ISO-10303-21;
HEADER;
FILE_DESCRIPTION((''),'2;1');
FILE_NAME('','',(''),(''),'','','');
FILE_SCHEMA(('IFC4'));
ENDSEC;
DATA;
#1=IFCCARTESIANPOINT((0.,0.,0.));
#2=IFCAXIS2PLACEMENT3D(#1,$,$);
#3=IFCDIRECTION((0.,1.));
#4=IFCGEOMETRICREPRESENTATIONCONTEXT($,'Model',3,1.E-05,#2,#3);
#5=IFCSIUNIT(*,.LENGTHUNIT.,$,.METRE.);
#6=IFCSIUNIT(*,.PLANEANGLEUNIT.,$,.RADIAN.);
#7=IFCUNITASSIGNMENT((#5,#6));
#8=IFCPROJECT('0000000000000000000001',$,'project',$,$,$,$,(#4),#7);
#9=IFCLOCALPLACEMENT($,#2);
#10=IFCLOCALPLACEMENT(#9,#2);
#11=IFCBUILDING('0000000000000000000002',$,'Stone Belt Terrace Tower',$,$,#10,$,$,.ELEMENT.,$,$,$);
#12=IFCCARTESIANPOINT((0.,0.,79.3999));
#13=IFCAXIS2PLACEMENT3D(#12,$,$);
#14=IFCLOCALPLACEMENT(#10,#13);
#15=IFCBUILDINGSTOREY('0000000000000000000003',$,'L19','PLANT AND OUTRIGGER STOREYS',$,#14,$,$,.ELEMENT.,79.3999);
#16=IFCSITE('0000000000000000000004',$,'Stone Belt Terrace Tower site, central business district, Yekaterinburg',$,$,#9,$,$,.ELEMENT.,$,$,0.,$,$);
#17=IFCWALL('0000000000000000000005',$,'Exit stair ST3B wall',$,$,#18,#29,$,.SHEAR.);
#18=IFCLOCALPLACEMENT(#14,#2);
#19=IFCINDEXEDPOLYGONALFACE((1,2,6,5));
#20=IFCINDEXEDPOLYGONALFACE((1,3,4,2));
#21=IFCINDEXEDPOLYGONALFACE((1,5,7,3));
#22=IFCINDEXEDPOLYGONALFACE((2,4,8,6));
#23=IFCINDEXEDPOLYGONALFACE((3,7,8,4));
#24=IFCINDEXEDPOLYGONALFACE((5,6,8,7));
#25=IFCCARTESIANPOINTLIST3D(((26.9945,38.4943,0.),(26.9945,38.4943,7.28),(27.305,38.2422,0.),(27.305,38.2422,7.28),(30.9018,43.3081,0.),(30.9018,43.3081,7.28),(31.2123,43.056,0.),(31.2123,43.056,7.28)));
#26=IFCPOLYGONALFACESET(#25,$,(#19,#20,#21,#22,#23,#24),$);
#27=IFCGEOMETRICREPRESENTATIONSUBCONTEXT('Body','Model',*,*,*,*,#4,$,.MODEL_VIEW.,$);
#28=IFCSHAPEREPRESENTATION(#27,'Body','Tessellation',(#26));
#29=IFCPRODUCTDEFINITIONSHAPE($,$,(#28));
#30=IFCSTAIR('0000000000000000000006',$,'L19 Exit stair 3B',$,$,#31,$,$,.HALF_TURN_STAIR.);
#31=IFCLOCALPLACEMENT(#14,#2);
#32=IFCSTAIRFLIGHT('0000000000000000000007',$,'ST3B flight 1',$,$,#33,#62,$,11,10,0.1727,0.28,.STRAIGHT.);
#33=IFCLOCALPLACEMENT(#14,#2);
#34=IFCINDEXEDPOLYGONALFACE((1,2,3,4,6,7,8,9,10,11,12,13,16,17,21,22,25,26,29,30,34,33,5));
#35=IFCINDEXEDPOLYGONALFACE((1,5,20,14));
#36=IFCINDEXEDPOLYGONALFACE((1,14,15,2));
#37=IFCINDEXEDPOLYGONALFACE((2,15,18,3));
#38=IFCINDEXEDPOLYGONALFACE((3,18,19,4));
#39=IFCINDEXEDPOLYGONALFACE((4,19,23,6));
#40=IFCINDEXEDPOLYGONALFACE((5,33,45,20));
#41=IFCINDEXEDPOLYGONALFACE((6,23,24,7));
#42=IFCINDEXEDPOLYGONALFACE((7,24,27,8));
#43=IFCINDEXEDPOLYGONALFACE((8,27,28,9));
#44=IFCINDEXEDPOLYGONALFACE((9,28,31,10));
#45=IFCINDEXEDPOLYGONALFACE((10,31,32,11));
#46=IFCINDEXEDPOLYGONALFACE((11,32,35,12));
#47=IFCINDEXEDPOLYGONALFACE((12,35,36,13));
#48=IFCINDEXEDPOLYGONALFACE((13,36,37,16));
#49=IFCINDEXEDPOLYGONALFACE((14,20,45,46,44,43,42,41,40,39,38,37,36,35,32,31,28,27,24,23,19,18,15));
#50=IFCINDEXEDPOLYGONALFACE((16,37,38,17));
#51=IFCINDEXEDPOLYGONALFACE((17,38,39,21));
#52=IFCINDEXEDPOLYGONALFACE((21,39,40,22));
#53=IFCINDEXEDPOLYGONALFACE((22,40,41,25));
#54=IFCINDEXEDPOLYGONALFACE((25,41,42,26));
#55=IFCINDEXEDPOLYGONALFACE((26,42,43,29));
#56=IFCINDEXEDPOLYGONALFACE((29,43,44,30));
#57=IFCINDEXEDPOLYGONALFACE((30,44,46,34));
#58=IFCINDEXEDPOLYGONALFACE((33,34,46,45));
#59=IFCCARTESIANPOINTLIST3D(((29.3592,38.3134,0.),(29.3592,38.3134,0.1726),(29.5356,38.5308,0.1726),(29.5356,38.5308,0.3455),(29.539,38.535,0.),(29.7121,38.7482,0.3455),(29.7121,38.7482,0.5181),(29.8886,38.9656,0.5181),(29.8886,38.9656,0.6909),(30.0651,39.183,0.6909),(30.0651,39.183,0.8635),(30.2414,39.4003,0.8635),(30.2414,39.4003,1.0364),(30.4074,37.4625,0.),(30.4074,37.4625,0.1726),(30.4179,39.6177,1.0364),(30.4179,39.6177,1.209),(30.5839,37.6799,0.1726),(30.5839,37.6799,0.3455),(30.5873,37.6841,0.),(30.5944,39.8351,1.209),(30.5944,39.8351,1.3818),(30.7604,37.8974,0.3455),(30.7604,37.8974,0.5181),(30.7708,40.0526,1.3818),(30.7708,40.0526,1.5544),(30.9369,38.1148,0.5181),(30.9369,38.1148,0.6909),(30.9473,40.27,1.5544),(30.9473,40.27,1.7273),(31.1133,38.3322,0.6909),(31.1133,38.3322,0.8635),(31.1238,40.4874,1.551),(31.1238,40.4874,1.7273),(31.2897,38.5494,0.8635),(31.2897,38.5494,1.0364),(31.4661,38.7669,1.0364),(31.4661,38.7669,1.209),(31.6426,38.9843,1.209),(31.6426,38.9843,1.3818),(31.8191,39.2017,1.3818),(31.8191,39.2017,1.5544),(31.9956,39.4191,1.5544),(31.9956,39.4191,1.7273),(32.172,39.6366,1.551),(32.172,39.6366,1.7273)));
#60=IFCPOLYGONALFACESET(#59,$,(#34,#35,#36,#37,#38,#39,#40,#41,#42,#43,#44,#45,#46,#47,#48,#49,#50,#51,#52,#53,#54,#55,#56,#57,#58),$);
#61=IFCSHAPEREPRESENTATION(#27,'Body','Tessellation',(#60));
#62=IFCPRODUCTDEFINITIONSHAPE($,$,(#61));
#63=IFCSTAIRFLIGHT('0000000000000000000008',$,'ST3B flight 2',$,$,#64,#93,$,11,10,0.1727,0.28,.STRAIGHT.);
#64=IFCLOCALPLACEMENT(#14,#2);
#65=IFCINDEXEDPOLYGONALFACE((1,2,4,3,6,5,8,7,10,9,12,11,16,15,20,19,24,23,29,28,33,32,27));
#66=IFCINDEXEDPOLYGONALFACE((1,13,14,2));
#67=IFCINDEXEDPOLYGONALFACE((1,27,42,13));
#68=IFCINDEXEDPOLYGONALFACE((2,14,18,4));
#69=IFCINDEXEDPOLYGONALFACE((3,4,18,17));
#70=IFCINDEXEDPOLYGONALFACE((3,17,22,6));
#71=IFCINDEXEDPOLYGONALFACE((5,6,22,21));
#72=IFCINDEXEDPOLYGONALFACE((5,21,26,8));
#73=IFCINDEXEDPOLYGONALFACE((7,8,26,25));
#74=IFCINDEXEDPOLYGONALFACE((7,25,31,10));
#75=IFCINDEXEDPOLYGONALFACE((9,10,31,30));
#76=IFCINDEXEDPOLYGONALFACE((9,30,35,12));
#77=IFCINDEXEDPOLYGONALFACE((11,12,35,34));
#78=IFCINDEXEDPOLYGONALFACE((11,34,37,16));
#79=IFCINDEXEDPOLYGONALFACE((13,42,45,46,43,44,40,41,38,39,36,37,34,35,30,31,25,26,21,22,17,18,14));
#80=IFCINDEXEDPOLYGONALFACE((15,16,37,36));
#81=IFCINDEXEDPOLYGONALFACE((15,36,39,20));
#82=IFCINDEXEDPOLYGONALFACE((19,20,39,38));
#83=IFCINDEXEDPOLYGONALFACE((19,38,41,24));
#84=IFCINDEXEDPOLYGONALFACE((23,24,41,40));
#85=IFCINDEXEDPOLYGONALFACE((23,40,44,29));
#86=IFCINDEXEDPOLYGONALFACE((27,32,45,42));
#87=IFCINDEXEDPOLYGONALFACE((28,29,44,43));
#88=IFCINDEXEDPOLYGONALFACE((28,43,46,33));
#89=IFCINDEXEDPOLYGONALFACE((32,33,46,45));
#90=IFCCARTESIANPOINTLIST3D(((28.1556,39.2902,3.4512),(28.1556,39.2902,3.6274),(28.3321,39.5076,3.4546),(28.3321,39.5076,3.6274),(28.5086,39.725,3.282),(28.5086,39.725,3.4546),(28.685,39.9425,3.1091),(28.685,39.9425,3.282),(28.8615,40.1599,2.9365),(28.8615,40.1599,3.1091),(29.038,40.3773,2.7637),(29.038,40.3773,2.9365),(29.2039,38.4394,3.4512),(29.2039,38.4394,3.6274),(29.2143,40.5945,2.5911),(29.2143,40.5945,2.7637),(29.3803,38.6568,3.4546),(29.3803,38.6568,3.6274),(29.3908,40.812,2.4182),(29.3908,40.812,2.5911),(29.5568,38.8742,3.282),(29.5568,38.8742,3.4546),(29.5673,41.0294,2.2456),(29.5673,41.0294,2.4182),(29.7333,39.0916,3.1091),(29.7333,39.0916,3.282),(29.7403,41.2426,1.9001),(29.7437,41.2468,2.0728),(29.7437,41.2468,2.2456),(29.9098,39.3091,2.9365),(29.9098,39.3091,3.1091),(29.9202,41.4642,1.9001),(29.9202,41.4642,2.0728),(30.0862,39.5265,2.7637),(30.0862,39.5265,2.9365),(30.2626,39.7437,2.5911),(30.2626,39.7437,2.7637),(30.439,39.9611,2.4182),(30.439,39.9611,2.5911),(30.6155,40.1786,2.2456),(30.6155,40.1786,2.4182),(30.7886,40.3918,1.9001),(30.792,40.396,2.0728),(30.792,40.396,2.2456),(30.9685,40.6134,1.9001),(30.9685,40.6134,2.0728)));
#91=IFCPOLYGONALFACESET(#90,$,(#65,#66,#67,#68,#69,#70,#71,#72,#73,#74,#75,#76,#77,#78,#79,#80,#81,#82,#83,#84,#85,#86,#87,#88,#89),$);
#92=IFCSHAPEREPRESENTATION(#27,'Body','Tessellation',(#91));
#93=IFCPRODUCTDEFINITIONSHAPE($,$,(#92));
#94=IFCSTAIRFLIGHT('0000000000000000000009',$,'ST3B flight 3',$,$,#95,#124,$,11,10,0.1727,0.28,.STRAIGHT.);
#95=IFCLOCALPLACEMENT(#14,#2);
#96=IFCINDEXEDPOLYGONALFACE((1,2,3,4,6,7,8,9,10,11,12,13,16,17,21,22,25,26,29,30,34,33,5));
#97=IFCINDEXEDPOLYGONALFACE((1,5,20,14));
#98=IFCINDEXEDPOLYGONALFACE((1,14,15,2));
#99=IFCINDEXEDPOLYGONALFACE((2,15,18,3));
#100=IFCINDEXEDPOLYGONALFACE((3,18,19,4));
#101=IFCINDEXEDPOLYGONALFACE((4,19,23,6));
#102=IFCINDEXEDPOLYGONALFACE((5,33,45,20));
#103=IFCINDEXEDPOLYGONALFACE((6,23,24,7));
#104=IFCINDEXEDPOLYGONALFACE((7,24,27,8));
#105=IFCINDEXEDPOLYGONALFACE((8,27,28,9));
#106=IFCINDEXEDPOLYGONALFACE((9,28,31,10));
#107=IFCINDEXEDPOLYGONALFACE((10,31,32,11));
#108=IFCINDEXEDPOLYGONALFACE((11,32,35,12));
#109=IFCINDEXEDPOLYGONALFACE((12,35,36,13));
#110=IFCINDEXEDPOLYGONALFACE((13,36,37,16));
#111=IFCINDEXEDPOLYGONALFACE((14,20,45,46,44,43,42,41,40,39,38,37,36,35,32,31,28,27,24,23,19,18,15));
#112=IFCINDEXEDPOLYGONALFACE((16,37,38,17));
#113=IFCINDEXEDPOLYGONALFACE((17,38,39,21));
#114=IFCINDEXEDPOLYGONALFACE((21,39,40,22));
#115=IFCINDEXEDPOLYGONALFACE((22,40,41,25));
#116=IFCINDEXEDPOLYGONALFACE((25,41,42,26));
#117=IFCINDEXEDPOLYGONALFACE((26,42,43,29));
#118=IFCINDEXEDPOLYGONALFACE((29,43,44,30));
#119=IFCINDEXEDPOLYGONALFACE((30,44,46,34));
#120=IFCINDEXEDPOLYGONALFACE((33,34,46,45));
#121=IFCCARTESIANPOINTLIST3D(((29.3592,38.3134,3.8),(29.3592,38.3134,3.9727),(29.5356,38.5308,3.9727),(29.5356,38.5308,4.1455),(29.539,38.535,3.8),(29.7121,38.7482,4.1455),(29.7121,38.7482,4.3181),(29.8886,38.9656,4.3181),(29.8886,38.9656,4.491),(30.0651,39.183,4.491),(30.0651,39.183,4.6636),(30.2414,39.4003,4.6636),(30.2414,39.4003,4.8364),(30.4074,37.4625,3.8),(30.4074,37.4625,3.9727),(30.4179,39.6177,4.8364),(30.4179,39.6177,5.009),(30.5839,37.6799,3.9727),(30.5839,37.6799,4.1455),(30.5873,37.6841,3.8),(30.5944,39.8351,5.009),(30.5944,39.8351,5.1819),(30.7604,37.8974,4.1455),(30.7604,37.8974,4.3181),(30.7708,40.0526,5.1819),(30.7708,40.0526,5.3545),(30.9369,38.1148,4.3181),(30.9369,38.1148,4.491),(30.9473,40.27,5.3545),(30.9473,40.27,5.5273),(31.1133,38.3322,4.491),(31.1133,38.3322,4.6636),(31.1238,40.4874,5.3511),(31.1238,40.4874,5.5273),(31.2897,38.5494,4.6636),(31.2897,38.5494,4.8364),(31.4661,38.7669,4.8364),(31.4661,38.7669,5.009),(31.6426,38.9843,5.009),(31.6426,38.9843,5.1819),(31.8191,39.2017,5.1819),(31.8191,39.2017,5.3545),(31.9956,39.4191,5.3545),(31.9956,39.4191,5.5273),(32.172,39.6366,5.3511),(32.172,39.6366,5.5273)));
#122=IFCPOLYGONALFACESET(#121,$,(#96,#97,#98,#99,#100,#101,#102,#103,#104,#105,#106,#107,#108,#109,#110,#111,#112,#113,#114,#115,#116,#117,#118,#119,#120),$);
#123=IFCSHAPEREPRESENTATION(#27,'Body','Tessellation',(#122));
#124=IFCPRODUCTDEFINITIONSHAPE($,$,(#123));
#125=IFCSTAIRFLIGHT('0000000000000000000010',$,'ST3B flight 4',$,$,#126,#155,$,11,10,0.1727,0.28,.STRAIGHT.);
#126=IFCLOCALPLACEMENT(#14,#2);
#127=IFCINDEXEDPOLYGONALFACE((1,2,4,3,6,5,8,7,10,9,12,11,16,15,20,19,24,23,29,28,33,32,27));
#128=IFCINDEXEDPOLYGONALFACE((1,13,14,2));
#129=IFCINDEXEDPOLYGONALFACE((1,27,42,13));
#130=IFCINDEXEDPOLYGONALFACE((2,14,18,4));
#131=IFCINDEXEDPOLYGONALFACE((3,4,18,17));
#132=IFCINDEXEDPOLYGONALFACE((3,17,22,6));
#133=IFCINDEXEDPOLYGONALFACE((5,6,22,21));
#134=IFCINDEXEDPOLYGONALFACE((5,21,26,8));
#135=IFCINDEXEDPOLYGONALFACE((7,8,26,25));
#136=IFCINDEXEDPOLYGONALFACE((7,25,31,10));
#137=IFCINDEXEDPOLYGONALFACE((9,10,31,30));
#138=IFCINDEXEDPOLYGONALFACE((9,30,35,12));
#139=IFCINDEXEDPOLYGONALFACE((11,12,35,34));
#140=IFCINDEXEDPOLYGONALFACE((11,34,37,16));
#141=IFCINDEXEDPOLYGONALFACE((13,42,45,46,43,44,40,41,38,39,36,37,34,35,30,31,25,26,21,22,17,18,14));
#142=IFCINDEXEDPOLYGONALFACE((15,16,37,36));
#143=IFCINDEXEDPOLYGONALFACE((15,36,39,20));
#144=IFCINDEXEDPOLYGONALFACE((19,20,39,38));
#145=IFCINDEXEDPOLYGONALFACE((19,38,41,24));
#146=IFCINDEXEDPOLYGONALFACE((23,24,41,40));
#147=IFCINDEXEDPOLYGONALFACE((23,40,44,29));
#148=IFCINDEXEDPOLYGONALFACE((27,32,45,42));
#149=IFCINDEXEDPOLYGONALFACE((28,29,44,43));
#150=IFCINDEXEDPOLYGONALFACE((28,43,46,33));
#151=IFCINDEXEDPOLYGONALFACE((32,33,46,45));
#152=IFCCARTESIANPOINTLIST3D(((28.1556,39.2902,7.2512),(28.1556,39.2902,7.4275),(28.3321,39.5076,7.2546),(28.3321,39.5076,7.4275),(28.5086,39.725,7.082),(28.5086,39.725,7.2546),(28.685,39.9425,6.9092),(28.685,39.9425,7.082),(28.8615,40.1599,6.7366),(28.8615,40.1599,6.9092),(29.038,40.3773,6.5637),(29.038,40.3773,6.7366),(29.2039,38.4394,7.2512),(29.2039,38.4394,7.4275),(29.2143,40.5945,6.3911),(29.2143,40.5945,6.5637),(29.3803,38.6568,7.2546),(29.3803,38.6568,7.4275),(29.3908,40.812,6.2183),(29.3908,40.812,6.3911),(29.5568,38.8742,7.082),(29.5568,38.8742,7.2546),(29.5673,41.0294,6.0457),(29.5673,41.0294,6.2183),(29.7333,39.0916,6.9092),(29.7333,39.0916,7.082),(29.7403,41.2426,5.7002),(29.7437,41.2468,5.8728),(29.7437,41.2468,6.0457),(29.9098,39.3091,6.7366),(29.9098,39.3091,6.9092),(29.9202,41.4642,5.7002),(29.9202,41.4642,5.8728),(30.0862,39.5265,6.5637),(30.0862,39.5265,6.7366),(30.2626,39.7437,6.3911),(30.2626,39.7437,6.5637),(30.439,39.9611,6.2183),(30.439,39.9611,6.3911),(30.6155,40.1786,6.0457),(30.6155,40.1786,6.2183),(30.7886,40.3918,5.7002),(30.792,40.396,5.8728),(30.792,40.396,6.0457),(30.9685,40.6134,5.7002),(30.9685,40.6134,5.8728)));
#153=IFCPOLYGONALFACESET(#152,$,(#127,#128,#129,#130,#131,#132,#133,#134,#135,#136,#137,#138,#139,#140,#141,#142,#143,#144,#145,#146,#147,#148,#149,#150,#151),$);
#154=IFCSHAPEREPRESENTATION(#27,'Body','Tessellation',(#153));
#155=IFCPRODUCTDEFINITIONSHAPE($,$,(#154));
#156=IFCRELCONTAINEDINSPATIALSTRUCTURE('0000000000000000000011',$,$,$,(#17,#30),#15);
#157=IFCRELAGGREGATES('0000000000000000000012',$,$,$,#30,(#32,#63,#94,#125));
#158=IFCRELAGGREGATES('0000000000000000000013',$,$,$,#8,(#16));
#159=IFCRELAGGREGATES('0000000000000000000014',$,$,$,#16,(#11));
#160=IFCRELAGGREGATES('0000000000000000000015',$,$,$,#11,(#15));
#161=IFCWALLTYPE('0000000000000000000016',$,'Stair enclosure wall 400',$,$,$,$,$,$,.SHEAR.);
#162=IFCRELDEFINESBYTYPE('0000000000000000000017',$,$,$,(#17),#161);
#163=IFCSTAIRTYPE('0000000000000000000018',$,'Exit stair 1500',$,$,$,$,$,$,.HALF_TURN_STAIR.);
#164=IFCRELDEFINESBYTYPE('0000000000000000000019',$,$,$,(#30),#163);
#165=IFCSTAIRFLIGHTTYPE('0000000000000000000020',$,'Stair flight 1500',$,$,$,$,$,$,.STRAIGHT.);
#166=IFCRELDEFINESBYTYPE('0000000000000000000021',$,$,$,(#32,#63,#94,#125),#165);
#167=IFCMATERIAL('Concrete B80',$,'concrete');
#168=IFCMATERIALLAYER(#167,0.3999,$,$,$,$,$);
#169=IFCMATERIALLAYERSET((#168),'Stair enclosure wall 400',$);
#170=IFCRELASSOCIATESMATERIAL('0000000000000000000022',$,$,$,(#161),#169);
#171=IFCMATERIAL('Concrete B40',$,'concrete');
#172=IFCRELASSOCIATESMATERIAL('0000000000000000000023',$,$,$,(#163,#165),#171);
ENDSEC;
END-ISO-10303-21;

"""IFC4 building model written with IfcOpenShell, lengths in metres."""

from ifc_helpers import new_model, si_unit, direction, frame, frame_2d, origin, place, context, subcontext, project, spatial, polyline, rectangle, outline, extrude, material, layer, layer_set, type_object, element, aggregate, save


model = new_model("IFC4")

# Units and contexts
model_context = context("Model", 3, precision=1e-05, world=origin(), true_north=direction((0.0, 1.0)))
body_context = subcontext(model_context, "Body", "Model", "MODEL_VIEW")
ifc_project = project(units=[si_unit("LENGTHUNIT", "METRE"), si_unit("PLANEANGLEUNIT", "RADIAN")], contexts=[model_context])

# Site, building, storey
site_placement = place(None, origin())
site = spatial("IfcSite", under=ifc_project, at=site_placement, Name="Stone Belt Terrace Tower site, central business district, Yekaterinburg", CompositionType="ELEMENT", RefElevation=0.0)
building_placement = place(site_placement, origin())
building = spatial("IfcBuilding", under=site, at=building_placement, Name="Stone Belt Terrace Tower", CompositionType="ELEMENT")
storey_placement = place(building_placement, frame((0.0, 0.0, 79.3999)))
storey = spatial("IfcBuildingStorey", under=building, at=storey_placement, Name="L19", Description="PLANT AND OUTRIGGER STOREYS", CompositionType="ELEMENT", Elevation=79.3999)

# Shared definitions
ifc_material_1 = material(Name="Concrete B80", Category="concrete")

# Wall
ifc_layer_1 = layer(ifc_material_1, 0.3999)
ifc_layer_set_1 = layer_set([ifc_layer_1], Name="Stair enclosure wall 400")
wall_type_1 = type_object("IfcWallType", Name="Stair enclosure wall 400", PredefinedType="SHEAR", material=ifc_layer_set_1)
wall_1_placement = place(storey_placement, frame((27.1497, 38.3682, 0.0), z_axis=(0.0, 0.0, 1.0), x_axis=(0.630212, 0.776423, 0.0)))
element("IfcWall", 1, at=wall_1_placement, inside=storey, type_object=wall_type_1, Name="Exit stair ST3B wall", PredefinedType="SHEAR", context=body_context, shape_type="SweptSolid", body=[
    extrude(rectangle(XDim=6.2, YDim=0.3999, at=frame_2d((3.1001, 0.0))), origin(), (0.0, 0.0, 1.0), 7.28),
])

# Stair, stair flights
ifc_material_2 = material(Name="Concrete B40", Category="concrete")
stair_type = type_object("IfcStairType", Name="Exit stair 1500", PredefinedType="HALF_TURN_STAIR", material=ifc_material_2)
stair_placement = place(storey_placement, origin())
stair = element("IfcStair", 2, at=stair_placement, inside=storey, type_object=stair_type, Name="L19 Exit stair 3B", PredefinedType="HALF_TURN_STAIR")
stair_flight_type = type_object("IfcStairFlightType", Name="Stair flight 1500", PredefinedType="STRAIGHT", material=ifc_material_2)
stair_flight_1_placement = place(storey_placement, frame((29.8833, 37.8879, 0.0), z_axis=(0.0, 0.0, 1.0), x_axis=(0.630206, 0.776428, 0.0)))
stair_flight_1 = element("IfcStairFlight", 3, at=stair_flight_1_placement, type_object=stair_flight_type, Name="ST3B flight 1", NumberOfRisers=11, NumberOfTreads=10, PredefinedType="STRAIGHT", RiserHeight=0.1727, TreadLength=0.28, context=body_context, shape_type="SweptSolid", body=[
    extrude(outline(polyline([(0.0, 0.0), (0.0, 0.1726), (0.28, 0.1726), (0.28, 0.3455), (0.5601, 0.3455), (0.5601, 0.5181), (0.8401, 0.5181), (0.8401, 0.6909), (1.1201, 0.6909), (1.1201, 0.8635), (1.3999, 0.8635), (1.3999, 1.0364), (1.6799, 1.0364), (1.6799, 1.209), (1.96, 1.209), (1.96, 1.3818), (2.24, 1.3818), (2.24, 1.5544), (2.52, 1.5544), (2.52, 1.7273), (2.8, 1.7273), (2.8, 1.8999), (2.8, 1.551), (0.2854, 0.0), (0.0, 0.0)])), frame((0.0, 0.675, 0.0), z_axis=(0.0, -1.0, 0.0), x_axis=(1.0, 0.0, 0.0)), (0.0, 0.0, 1.0), 1.3501),
])
stair_flight_2_placement = place(storey_placement, frame((30.4443, 41.0388, 1.9001), z_axis=(0.0, 0.0, 1.0), x_axis=(-0.630206, -0.776428, 0.0)))
stair_flight_2 = element("IfcStairFlight", 4, at=stair_flight_2_placement, type_object=stair_flight_type, Name="ST3B flight 2", NumberOfRisers=11, NumberOfTreads=10, PredefinedType="STRAIGHT", RiserHeight=0.1727, TreadLength=0.28, context=body_context, shape_type="SweptSolid", body=[
    extrude(outline(polyline([(0.0, 0.0), (0.0, 0.1726), (0.28, 0.1726), (0.28, 0.3455), (0.5601, 0.3455), (0.5601, 0.5181), (0.8401, 0.5181), (0.8401, 0.6909), (1.1201, 0.6909), (1.1201, 0.8635), (1.3999, 0.8635), (1.3999, 1.0364), (1.6799, 1.0364), (1.6799, 1.209), (1.96, 1.209), (1.96, 1.3818), (2.24, 1.3818), (2.24, 1.5544), (2.52, 1.5544), (2.52, 1.7273), (2.8, 1.7273), (2.8, 1.8999), (2.8, 1.551), (0.2854, 0.0), (0.0, 0.0)])), frame((0.0, 0.675, 0.0), z_axis=(0.0, -1.0, 0.0), x_axis=(1.0, 0.0, 0.0)), (0.0, 0.0, 1.0), 1.3501),
])
stair_flight_3_placement = place(storey_placement, frame((29.8833, 37.8879, 3.8), z_axis=(0.0, 0.0, 1.0), x_axis=(0.630206, 0.776428, 0.0)))
stair_flight_3 = element("IfcStairFlight", 5, at=stair_flight_3_placement, type_object=stair_flight_type, Name="ST3B flight 3", NumberOfRisers=11, NumberOfTreads=10, PredefinedType="STRAIGHT", RiserHeight=0.1727, TreadLength=0.28, context=body_context, shape_type="SweptSolid", body=[
    extrude(outline(polyline([(0.0, 0.0), (0.0, 0.1726), (0.28, 0.1726), (0.28, 0.3455), (0.5601, 0.3455), (0.5601, 0.5181), (0.8401, 0.5181), (0.8401, 0.6909), (1.1201, 0.6909), (1.1201, 0.8635), (1.3999, 0.8635), (1.3999, 1.0364), (1.6799, 1.0364), (1.6799, 1.209), (1.96, 1.209), (1.96, 1.3818), (2.24, 1.3818), (2.24, 1.5544), (2.52, 1.5544), (2.52, 1.7273), (2.8, 1.7273), (2.8, 1.8999), (2.8, 1.551), (0.2854, 0.0), (0.0, 0.0)])), frame((0.0, 0.675, 0.0), z_axis=(0.0, -1.0, 0.0), x_axis=(1.0, 0.0, 0.0)), (0.0, 0.0, 1.0), 1.3501),
])
stair_flight_4_placement = place(storey_placement, frame((30.4443, 41.0388, 5.7002), z_axis=(0.0, 0.0, 1.0), x_axis=(-0.630206, -0.776428, 0.0)))
stair_flight_4 = element("IfcStairFlight", 6, at=stair_flight_4_placement, type_object=stair_flight_type, Name="ST3B flight 4", NumberOfRisers=11, NumberOfTreads=10, PredefinedType="STRAIGHT", RiserHeight=0.1727, TreadLength=0.28, context=body_context, shape_type="SweptSolid", body=[
    extrude(outline(polyline([(0.0, 0.0), (0.0, 0.1726), (0.28, 0.1726), (0.28, 0.3455), (0.5601, 0.3455), (0.5601, 0.5181), (0.8401, 0.5181), (0.8401, 0.6909), (1.1201, 0.6909), (1.1201, 0.8635), (1.3999, 0.8635), (1.3999, 1.0364), (1.6799, 1.0364), (1.6799, 1.209), (1.96, 1.209), (1.96, 1.3818), (2.24, 1.3818), (2.24, 1.5544), (2.52, 1.5544), (2.52, 1.7273), (2.8, 1.7273), (2.8, 1.8999), (2.8, 1.551), (0.2854, 0.0), (0.0, 0.0)])), frame((0.0, 0.675, 0.0), z_axis=(0.0, -1.0, 0.0), x_axis=(1.0, 0.0, 0.0)), (0.0, 0.0, 1.0), 1.3501),
])
aggregate(stair, [stair_flight_1, stair_flight_2, stair_flight_3, stair_flight_4])

save(model, "model.ifc")
